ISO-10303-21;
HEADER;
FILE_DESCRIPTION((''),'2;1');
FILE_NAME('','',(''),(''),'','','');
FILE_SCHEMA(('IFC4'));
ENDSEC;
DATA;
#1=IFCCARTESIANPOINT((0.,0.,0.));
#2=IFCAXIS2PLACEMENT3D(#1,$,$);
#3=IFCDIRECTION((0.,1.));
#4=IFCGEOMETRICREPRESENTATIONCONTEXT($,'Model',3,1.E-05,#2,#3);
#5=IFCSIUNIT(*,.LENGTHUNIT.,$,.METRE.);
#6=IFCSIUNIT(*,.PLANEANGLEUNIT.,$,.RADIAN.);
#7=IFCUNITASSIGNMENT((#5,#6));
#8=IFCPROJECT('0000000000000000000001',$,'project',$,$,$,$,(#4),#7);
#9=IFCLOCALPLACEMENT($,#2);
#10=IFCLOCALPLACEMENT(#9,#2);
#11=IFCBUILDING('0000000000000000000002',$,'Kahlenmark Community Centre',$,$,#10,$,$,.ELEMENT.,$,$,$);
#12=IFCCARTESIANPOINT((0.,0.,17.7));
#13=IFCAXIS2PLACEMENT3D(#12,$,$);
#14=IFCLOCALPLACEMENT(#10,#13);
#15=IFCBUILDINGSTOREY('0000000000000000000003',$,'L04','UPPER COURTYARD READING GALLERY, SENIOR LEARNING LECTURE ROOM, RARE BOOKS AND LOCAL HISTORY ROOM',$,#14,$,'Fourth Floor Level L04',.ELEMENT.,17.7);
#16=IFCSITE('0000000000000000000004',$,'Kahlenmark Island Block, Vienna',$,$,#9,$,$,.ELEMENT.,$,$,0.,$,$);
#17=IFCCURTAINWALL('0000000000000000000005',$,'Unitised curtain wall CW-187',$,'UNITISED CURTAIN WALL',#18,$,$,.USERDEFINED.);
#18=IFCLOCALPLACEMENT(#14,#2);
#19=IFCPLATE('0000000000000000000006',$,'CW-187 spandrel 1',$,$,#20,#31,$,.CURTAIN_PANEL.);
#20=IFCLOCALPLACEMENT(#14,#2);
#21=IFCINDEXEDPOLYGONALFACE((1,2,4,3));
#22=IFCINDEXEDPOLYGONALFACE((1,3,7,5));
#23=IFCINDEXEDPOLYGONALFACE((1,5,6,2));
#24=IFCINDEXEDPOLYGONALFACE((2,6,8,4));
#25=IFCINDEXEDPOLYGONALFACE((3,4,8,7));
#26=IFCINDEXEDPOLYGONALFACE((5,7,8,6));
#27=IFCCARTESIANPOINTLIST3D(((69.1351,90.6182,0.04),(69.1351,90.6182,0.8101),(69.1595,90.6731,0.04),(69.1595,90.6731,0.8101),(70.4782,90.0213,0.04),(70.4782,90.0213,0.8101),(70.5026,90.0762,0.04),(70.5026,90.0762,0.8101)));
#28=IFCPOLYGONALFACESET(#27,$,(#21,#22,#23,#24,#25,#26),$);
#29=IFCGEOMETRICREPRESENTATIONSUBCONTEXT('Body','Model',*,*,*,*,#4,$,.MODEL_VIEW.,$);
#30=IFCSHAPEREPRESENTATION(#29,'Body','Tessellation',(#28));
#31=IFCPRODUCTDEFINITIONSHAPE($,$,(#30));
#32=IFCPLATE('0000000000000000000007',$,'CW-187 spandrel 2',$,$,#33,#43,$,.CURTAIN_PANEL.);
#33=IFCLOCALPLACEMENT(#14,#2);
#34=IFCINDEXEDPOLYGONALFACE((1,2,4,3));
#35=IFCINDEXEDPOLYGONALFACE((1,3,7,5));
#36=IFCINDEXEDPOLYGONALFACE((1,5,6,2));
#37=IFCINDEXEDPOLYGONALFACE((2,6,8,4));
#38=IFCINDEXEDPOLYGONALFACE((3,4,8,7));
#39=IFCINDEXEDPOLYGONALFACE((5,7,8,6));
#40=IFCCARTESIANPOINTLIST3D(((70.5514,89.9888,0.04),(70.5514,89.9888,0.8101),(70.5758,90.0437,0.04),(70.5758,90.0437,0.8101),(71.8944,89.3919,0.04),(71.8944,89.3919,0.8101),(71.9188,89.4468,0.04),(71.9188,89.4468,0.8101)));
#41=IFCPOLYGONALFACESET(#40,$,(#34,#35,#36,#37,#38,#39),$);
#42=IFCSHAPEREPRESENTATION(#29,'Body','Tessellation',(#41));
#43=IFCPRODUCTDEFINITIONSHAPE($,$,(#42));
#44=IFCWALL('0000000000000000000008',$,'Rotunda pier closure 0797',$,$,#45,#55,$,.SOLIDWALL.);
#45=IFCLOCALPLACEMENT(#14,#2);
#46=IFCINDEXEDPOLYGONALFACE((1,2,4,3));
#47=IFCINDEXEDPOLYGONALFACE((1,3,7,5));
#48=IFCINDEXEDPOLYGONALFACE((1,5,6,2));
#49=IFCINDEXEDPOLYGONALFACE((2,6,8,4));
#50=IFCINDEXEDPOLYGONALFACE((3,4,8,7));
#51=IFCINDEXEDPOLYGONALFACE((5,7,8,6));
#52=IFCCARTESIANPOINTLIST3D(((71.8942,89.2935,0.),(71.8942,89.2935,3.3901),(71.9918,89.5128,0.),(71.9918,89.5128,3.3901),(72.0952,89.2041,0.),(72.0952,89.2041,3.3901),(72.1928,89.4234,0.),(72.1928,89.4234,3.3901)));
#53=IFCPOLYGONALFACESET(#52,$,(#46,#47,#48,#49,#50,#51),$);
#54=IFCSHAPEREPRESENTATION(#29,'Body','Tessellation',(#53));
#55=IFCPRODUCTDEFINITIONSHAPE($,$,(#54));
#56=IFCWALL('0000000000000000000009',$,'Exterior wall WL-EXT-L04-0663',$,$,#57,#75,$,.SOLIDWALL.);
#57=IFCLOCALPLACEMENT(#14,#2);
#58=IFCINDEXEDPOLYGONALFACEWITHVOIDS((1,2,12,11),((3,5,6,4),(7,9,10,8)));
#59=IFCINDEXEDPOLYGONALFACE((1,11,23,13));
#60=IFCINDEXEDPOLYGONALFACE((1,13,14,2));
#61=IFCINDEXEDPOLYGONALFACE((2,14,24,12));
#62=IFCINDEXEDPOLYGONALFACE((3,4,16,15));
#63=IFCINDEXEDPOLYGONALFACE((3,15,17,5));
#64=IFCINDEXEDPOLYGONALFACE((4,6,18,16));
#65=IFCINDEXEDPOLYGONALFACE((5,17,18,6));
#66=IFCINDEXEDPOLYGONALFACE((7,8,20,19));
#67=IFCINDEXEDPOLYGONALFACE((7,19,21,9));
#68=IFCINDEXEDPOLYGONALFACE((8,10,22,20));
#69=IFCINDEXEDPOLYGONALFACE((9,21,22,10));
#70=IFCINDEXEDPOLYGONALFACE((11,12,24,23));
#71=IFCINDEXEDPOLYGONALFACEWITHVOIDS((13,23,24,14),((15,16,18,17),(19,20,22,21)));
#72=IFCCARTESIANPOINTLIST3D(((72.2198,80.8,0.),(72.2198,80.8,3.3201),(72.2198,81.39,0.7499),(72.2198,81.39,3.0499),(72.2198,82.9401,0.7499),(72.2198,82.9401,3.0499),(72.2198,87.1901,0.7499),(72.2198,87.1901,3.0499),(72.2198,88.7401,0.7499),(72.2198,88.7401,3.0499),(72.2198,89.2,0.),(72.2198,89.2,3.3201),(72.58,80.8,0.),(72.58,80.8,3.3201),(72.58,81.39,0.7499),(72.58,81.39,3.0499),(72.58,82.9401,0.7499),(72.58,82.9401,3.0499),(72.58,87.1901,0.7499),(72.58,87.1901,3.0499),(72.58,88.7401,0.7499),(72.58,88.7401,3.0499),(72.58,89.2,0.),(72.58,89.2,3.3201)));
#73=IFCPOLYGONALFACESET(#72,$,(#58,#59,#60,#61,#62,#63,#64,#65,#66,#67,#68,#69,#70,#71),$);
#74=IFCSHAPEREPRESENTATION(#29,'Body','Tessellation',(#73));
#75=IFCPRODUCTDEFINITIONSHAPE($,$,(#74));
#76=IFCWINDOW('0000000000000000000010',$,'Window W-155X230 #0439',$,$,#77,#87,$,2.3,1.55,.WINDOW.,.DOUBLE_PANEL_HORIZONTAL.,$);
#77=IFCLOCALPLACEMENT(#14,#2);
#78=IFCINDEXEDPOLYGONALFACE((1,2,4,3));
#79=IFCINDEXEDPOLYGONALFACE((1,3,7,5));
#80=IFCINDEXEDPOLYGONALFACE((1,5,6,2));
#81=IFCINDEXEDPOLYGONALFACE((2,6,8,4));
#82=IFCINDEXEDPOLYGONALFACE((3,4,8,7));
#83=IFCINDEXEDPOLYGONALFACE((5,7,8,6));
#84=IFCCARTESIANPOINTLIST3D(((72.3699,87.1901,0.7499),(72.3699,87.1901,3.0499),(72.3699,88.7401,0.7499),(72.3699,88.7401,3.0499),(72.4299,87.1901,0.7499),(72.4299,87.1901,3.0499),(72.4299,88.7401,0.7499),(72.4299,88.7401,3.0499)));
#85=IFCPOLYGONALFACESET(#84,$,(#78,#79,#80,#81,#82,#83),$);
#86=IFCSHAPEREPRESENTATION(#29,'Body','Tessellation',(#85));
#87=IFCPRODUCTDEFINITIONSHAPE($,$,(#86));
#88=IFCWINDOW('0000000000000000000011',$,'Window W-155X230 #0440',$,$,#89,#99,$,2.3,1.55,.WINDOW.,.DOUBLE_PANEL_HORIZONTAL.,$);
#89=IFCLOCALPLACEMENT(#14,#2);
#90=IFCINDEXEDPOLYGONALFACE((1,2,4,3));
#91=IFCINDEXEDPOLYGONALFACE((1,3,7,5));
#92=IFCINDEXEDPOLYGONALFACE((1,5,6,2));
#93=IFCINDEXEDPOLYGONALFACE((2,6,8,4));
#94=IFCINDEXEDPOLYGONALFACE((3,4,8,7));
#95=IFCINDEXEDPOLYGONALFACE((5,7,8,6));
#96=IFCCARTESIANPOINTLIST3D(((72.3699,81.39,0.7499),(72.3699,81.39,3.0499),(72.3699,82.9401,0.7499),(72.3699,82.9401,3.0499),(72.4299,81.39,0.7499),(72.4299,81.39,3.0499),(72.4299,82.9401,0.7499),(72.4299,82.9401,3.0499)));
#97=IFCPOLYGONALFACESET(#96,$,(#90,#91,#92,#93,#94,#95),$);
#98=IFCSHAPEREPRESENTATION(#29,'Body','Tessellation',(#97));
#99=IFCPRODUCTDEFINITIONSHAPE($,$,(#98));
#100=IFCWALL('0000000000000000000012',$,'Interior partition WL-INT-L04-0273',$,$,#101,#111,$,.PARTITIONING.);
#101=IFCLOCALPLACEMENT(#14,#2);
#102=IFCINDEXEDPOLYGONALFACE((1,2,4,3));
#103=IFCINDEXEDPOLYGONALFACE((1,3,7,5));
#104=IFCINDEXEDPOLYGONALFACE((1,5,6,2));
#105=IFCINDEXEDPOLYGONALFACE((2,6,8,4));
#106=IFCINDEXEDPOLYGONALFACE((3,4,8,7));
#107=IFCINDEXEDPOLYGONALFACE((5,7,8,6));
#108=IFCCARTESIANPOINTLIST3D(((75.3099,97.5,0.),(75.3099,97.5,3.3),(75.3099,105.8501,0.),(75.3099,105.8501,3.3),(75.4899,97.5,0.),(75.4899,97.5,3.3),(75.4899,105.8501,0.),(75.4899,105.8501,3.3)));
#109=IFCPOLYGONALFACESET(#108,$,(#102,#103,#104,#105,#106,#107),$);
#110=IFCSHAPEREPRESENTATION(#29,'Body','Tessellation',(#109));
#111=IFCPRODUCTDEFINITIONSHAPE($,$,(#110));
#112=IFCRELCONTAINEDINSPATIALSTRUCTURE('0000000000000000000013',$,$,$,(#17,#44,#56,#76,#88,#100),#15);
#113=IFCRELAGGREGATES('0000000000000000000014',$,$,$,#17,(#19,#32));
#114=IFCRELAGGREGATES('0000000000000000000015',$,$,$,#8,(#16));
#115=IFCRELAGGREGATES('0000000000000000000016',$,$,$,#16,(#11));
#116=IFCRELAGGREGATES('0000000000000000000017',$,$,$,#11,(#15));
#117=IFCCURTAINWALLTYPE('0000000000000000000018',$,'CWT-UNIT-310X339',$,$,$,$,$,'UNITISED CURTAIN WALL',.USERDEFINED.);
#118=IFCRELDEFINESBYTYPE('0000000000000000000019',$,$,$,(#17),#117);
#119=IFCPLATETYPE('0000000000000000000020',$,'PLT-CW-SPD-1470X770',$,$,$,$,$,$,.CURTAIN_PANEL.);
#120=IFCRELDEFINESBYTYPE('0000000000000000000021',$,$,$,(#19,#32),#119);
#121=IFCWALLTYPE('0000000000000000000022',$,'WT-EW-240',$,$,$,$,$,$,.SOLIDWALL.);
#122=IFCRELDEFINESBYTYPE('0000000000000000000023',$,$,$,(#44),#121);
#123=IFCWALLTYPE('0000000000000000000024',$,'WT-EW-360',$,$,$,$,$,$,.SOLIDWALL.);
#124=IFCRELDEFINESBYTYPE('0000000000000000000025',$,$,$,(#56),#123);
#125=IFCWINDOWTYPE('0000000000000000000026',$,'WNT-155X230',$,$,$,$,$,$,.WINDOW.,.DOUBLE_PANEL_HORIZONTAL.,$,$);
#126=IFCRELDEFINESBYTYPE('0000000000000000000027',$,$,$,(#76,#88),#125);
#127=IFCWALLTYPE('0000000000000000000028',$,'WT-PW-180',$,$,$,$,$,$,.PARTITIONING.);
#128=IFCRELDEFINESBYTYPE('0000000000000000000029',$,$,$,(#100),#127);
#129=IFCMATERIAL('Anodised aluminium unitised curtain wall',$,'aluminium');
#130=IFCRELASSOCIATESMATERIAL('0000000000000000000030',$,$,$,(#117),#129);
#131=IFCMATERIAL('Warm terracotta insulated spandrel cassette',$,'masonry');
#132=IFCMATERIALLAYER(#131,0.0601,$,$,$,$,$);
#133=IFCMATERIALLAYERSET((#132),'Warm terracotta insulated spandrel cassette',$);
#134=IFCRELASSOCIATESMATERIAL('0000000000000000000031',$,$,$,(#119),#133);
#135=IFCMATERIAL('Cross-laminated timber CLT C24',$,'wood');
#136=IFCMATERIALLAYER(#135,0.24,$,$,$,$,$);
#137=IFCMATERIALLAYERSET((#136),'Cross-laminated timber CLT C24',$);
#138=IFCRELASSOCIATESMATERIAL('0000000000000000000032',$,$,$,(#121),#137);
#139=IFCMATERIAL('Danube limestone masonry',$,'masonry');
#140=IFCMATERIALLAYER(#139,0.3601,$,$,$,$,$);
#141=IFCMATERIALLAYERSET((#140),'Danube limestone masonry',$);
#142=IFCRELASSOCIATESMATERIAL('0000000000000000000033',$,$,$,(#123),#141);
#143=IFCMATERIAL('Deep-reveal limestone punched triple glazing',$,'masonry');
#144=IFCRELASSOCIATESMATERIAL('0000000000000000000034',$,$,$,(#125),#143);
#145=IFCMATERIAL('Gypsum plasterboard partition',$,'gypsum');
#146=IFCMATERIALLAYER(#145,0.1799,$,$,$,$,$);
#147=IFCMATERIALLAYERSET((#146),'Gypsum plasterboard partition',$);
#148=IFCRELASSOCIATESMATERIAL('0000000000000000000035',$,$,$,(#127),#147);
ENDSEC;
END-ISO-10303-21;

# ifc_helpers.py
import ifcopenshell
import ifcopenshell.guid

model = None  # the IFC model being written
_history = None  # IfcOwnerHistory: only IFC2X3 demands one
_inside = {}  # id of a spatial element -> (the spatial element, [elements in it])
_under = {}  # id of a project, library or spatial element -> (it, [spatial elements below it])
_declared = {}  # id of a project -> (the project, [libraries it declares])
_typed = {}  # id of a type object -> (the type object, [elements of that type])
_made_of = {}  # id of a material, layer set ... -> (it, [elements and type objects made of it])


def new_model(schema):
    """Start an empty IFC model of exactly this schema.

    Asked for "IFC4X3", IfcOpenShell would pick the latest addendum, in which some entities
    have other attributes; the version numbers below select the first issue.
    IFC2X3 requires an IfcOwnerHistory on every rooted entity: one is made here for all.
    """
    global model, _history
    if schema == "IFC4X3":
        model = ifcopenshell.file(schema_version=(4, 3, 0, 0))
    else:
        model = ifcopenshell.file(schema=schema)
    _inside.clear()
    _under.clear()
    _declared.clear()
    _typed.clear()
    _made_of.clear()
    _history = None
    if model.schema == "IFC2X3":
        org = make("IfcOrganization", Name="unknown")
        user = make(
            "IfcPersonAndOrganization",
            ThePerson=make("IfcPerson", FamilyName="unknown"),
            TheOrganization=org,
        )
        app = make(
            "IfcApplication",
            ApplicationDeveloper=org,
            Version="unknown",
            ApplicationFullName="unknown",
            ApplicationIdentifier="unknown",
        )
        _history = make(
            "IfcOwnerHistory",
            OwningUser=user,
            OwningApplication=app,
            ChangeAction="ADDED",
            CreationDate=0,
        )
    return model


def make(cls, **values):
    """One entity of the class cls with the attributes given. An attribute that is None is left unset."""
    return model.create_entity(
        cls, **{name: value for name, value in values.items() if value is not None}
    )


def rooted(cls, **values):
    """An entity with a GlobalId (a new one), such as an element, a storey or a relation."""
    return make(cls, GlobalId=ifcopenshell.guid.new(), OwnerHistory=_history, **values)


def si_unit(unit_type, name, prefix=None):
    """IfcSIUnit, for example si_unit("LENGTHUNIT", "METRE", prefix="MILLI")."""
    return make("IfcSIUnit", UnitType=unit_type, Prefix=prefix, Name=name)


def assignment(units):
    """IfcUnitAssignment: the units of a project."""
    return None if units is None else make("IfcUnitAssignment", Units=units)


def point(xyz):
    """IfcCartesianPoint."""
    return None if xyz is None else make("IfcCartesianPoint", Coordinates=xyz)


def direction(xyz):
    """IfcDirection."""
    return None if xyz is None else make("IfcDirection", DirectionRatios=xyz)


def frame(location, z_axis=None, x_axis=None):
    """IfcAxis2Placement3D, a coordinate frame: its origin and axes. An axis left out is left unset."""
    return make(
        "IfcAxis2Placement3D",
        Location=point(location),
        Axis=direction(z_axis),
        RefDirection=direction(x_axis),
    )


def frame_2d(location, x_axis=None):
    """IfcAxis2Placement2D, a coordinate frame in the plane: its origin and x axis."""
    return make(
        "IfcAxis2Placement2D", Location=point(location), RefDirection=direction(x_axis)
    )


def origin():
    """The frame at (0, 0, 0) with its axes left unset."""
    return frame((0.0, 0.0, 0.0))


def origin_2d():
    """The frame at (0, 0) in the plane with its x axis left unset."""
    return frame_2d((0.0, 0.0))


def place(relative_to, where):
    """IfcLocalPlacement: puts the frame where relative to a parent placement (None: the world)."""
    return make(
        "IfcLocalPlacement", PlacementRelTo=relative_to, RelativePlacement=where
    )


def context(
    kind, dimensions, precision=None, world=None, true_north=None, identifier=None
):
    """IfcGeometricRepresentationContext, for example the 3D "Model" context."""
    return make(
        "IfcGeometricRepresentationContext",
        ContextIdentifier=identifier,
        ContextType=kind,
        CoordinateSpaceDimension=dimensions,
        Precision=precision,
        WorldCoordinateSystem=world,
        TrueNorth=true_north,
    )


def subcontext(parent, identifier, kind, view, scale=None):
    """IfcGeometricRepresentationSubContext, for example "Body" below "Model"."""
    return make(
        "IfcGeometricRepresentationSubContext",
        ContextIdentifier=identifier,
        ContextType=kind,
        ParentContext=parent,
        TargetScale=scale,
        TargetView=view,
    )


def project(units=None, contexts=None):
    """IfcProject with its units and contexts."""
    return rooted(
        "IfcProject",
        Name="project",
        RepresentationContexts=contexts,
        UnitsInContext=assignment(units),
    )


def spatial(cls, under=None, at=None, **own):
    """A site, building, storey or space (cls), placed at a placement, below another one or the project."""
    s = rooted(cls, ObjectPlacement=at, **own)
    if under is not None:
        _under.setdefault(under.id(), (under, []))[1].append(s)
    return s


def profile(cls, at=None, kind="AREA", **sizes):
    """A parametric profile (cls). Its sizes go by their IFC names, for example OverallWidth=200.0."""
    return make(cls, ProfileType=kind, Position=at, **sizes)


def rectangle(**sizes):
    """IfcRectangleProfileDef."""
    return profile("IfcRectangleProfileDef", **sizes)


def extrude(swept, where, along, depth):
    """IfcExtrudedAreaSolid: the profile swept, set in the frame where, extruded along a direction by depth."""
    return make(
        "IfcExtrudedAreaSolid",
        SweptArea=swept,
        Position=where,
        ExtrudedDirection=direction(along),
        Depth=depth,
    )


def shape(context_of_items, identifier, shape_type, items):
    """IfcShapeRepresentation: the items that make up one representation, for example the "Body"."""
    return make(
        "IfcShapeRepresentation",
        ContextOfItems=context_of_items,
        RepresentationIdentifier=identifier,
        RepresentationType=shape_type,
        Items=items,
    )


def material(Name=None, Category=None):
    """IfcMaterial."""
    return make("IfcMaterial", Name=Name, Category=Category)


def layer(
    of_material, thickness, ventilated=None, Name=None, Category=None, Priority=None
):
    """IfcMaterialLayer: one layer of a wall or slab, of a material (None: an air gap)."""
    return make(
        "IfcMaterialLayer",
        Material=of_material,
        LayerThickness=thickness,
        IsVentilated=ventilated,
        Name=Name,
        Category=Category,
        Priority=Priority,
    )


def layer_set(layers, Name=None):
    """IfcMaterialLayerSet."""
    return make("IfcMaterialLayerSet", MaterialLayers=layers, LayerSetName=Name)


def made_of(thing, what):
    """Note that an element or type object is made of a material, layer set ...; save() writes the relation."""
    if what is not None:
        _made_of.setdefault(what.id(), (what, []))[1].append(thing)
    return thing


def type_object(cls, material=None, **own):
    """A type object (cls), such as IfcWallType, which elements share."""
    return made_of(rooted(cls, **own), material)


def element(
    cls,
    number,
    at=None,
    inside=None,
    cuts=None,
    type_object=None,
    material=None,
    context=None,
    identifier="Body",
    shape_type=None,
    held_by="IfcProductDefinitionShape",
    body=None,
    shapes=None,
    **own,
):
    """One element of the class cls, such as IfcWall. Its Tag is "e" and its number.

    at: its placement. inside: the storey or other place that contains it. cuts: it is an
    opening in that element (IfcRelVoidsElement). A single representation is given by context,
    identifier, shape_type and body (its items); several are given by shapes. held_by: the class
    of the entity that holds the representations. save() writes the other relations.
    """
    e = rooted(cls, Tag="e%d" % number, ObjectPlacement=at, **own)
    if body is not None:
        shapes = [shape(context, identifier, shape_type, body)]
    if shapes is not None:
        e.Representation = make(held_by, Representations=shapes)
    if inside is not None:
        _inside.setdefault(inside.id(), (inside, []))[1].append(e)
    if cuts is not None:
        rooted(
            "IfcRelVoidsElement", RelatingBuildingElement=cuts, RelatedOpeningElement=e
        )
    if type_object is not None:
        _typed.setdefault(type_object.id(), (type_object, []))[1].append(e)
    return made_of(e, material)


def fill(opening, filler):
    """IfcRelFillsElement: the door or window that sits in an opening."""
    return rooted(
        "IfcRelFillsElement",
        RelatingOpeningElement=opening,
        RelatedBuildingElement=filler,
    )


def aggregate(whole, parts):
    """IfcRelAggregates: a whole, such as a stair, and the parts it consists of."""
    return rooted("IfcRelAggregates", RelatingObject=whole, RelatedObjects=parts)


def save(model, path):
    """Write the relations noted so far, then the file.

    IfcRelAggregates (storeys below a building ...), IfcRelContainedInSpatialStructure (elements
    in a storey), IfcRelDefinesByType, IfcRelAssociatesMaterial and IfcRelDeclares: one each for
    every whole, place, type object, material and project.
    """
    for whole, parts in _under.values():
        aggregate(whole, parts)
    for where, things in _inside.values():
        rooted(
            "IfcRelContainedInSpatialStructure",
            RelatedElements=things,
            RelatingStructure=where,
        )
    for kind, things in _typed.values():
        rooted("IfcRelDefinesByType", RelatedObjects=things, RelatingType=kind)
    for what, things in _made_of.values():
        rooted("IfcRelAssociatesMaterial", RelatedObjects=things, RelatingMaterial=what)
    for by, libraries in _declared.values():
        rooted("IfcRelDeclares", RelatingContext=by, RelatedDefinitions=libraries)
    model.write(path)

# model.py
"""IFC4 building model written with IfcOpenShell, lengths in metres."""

from ifc_helpers import new_model, si_unit, direction, frame, frame_2d, origin, origin_2d, place, context, subcontext, project, spatial, rectangle, extrude, material, layer, layer_set, type_object, element, fill, aggregate, save


model = new_model("IFC4")

# Units and contexts
model_context = context("Model", 3, precision=1e-05, world=origin(), true_north=direction((0.0, 1.0)))
body_context = subcontext(model_context, "Body", "Model", "MODEL_VIEW")
ifc_project = project(units=[si_unit("LENGTHUNIT", "METRE"), si_unit("PLANEANGLEUNIT", "RADIAN")], contexts=[model_context])

# Site, building, storey
site_placement = place(None, origin())
site = spatial("IfcSite", under=ifc_project, at=site_placement, Name="Kahlenmark Island Block, Vienna", CompositionType="ELEMENT", RefElevation=0.0)
building_placement = place(site_placement, origin())
building = spatial("IfcBuilding", under=site, at=building_placement, Name="Kahlenmark Community Centre", CompositionType="ELEMENT")
storey_placement = place(building_placement, frame((0.0, 0.0, 17.7)))
storey = spatial("IfcBuildingStorey", under=building, at=storey_placement, Name="L04", Description="UPPER COURTYARD READING GALLERY, SENIOR LEARNING LECTURE ROOM, RARE BOOKS AND LOCAL HISTORY ROOM", LongName="Fourth Floor Level L04", CompositionType="ELEMENT", Elevation=17.7)

# Curtain wall, plates
ifc_material_1 = material(Name="Anodised aluminium unitised curtain wall", Category="aluminium")
curtain_wall_type = type_object("IfcCurtainWallType", Name="CWT-UNIT-310X339", ElementType="UNITISED CURTAIN WALL", PredefinedType="USERDEFINED", material=ifc_material_1)
curtain_wall_placement = place(storey_placement, origin())
curtain_wall = element("IfcCurtainWall", 1, at=curtain_wall_placement, inside=storey, type_object=curtain_wall_type, Name="Unitised curtain wall CW-187", ObjectType="UNITISED CURTAIN WALL", PredefinedType="USERDEFINED")
ifc_material_2 = material(Name="Warm terracotta insulated spandrel cassette", Category="masonry")
ifc_layer_1 = layer(ifc_material_2, 0.0601)
ifc_layer_set_1 = layer_set([ifc_layer_1], Name="Warm terracotta insulated spandrel cassette")
plate_type_1 = type_object("IfcPlateType", Name="PLT-CW-SPD-1470X770", PredefinedType="CURTAIN_PANEL", material=ifc_layer_set_1)
plate_1_placement = place(storey_placement, frame((69.8188, 90.3472, 0.04), z_axis=(0.0, 0.0, 1.0), x_axis=(0.913817, -0.406126, 0.0)))
plate_1 = element("IfcPlate", 2, at=plate_1_placement, type_object=plate_type_1, Name="CW-187 spandrel 1", PredefinedType="CURTAIN_PANEL", context=body_context, shape_type="SweptSolid", body=[
    extrude(rectangle(XDim=1.4697, YDim=0.0601, at=origin_2d()), origin(), (0.0, 0.0, 1.0), 0.77),
])
plate_2_placement = place(storey_placement, frame((71.2351, 89.7178, 0.04), z_axis=(0.0, 0.0, 1.0), x_axis=(0.913817, -0.406126, 0.0)))
plate_2 = element("IfcPlate", 3, at=plate_2_placement, type_object=plate_type_1, Name="CW-187 spandrel 2", PredefinedType="CURTAIN_PANEL", context=body_context, shape_type="SweptSolid", body=[
    extrude(rectangle(XDim=1.4697, YDim=0.0601, at=origin_2d()), origin(), (0.0, 0.0, 1.0), 0.77),
])
aggregate(curtain_wall, [plate_1, plate_2])

# Wall
ifc_material_3 = material(Name="Cross-laminated timber CLT C24", Category="wood")
ifc_layer_2 = layer(ifc_material_3, 0.24)
ifc_layer_set_2 = layer_set([ifc_layer_2], Name="Cross-laminated timber CLT C24")
wall_type_1 = type_object("IfcWallType", Name="WT-EW-240", PredefinedType="SOLIDWALL", material=ifc_layer_set_2)
wall_1_placement = place(storey_placement, frame((71.9431, 89.4031, 0.0), z_axis=(0.0, 0.0, 1.0), x_axis=(0.91372, -0.406344, 0.0)))
element("IfcWall", 4, at=wall_1_placement, inside=storey, type_object=wall_type_1, Name="Rotunda pier closure 0797", PredefinedType="SOLIDWALL", context=body_context, shape_type="SweptSolid", body=[
    extrude(rectangle(XDim=0.22, YDim=0.24, at=frame_2d((0.1099, 0.0))), origin(), (0.0, 0.0, 1.0), 3.3901),
])

# Wall, openings, windows
ifc_material_4 = material(Name="Danube limestone masonry", Category="masonry")
ifc_layer_3 = layer(ifc_material_4, 0.3601)
ifc_layer_set_3 = layer_set([ifc_layer_3], Name="Danube limestone masonry")
wall_type_2 = type_object("IfcWallType", Name="WT-EW-360", PredefinedType="SOLIDWALL", material=ifc_layer_set_3)
wall_2_placement = place(storey_placement, frame((72.3999, 89.2, 0.0), z_axis=(0.0, 0.0, 1.0), x_axis=(0.0, -1.0, 0.0)))
wall_2 = element("IfcWall", 5, at=wall_2_placement, inside=storey, type_object=wall_type_2, Name="Exterior wall WL-EXT-L04-0663", PredefinedType="SOLIDWALL", context=body_context, shape_type="SweptSolid", body=[
    extrude(rectangle(XDim=8.3999, YDim=0.3601, at=frame_2d((4.2, 0.0))), origin(), (0.0, 0.0, 1.0), 3.3201),
])
opening_1_placement = place(wall_2_placement, frame((0.46, 0.0, 0.75)))
opening_1 = element("IfcOpeningElement", 6, at=opening_1_placement, cuts=wall_2, PredefinedType="OPENING", context=body_context, shape_type="SweptSolid", body=[
    extrude(rectangle(XDim=1.55, YDim=2.3, at=frame_2d((0.7749, 1.1499))), frame((0.0, 0.1899, 0.0), z_axis=(0.0, -1.0, 0.0), x_axis=(1.0, 0.0, 0.0)), (0.0, 0.0, 1.0), 0.3801),
])
opening_2_placement = place(wall_2_placement, frame((6.26, 0.0, 0.75)))
opening_2 = element("IfcOpeningElement", 7, at=opening_2_placement, cuts=wall_2, PredefinedType="OPENING", context=body_context, shape_type="SweptSolid", body=[
    extrude(rectangle(XDim=1.55, YDim=2.3, at=frame_2d((0.7749, 1.1499))), frame((0.0, 0.1899, 0.0), z_axis=(0.0, -1.0, 0.0), x_axis=(1.0, 0.0, 0.0)), (0.0, 0.0, 1.0), 0.3801),
])
ifc_material_5 = material(Name="Deep-reveal limestone punched triple glazing", Category="masonry")
window_type = type_object("IfcWindowType", Name="WNT-155X230", PartitioningType="DOUBLE_PANEL_HORIZONTAL", PredefinedType="WINDOW", material=ifc_material_5)
window_1_placement = place(opening_1_placement, origin())
window_1 = element("IfcWindow", 8, at=window_1_placement, inside=storey, type_object=window_type, Name="Window W-155X230 #0439", OverallHeight=2.3, OverallWidth=1.55, PartitioningType="DOUBLE_PANEL_HORIZONTAL", PredefinedType="WINDOW", context=body_context, shape_type="SweptSolid", body=[
    extrude(rectangle(XDim=1.55, YDim=2.3, at=frame_2d((0.7749, 1.1499))), frame((0.0, 0.03, 0.0), z_axis=(0.0, -1.0, 0.0), x_axis=(1.0, 0.0, 0.0)), (0.0, 0.0, 1.0), 0.0601),
])
fill(opening_1, window_1)
window_2_placement = place(opening_2_placement, origin())
window_2 = element("IfcWindow", 9, at=window_2_placement, inside=storey, type_object=window_type, Name="Window W-155X230 #0440", OverallHeight=2.3, OverallWidth=1.55, PartitioningType="DOUBLE_PANEL_HORIZONTAL", PredefinedType="WINDOW", context=body_context, shape_type="SweptSolid", body=[
    extrude(rectangle(XDim=1.55, YDim=2.3, at=frame_2d((0.7749, 1.1499))), frame((0.0, 0.03, 0.0), z_axis=(0.0, -1.0, 0.0), x_axis=(1.0, 0.0, 0.0)), (0.0, 0.0, 1.0), 0.0601),
])
fill(opening_2, window_2)

# Wall
ifc_material_6 = material(Name="Gypsum plasterboard partition", Category="gypsum")
ifc_layer_4 = layer(ifc_material_6, 0.1799)
ifc_layer_set_4 = layer_set([ifc_layer_4], Name="Gypsum plasterboard partition")
wall_type_3 = type_object("IfcWallType", Name="WT-PW-180", PredefinedType="PARTITIONING", material=ifc_layer_set_4)
wall_3_placement = place(storey_placement, frame((75.3999, 97.5, 0.0), z_axis=(0.0, 0.0, 1.0), x_axis=(0.0, 1.0, 0.0)))
element("IfcWall", 10, at=wall_3_placement, inside=storey, type_object=wall_type_3, Name="Interior partition WL-INT-L04-0273", PredefinedType="PARTITIONING", context=body_context, shape_type="SweptSolid", body=[
    extrude(rectangle(XDim=8.3501, YDim=0.1799, at=frame_2d((4.175, 0.0))), origin(), (0.0, 0.0, 1.0), 3.3),
])

save(model, "model.ifc")
